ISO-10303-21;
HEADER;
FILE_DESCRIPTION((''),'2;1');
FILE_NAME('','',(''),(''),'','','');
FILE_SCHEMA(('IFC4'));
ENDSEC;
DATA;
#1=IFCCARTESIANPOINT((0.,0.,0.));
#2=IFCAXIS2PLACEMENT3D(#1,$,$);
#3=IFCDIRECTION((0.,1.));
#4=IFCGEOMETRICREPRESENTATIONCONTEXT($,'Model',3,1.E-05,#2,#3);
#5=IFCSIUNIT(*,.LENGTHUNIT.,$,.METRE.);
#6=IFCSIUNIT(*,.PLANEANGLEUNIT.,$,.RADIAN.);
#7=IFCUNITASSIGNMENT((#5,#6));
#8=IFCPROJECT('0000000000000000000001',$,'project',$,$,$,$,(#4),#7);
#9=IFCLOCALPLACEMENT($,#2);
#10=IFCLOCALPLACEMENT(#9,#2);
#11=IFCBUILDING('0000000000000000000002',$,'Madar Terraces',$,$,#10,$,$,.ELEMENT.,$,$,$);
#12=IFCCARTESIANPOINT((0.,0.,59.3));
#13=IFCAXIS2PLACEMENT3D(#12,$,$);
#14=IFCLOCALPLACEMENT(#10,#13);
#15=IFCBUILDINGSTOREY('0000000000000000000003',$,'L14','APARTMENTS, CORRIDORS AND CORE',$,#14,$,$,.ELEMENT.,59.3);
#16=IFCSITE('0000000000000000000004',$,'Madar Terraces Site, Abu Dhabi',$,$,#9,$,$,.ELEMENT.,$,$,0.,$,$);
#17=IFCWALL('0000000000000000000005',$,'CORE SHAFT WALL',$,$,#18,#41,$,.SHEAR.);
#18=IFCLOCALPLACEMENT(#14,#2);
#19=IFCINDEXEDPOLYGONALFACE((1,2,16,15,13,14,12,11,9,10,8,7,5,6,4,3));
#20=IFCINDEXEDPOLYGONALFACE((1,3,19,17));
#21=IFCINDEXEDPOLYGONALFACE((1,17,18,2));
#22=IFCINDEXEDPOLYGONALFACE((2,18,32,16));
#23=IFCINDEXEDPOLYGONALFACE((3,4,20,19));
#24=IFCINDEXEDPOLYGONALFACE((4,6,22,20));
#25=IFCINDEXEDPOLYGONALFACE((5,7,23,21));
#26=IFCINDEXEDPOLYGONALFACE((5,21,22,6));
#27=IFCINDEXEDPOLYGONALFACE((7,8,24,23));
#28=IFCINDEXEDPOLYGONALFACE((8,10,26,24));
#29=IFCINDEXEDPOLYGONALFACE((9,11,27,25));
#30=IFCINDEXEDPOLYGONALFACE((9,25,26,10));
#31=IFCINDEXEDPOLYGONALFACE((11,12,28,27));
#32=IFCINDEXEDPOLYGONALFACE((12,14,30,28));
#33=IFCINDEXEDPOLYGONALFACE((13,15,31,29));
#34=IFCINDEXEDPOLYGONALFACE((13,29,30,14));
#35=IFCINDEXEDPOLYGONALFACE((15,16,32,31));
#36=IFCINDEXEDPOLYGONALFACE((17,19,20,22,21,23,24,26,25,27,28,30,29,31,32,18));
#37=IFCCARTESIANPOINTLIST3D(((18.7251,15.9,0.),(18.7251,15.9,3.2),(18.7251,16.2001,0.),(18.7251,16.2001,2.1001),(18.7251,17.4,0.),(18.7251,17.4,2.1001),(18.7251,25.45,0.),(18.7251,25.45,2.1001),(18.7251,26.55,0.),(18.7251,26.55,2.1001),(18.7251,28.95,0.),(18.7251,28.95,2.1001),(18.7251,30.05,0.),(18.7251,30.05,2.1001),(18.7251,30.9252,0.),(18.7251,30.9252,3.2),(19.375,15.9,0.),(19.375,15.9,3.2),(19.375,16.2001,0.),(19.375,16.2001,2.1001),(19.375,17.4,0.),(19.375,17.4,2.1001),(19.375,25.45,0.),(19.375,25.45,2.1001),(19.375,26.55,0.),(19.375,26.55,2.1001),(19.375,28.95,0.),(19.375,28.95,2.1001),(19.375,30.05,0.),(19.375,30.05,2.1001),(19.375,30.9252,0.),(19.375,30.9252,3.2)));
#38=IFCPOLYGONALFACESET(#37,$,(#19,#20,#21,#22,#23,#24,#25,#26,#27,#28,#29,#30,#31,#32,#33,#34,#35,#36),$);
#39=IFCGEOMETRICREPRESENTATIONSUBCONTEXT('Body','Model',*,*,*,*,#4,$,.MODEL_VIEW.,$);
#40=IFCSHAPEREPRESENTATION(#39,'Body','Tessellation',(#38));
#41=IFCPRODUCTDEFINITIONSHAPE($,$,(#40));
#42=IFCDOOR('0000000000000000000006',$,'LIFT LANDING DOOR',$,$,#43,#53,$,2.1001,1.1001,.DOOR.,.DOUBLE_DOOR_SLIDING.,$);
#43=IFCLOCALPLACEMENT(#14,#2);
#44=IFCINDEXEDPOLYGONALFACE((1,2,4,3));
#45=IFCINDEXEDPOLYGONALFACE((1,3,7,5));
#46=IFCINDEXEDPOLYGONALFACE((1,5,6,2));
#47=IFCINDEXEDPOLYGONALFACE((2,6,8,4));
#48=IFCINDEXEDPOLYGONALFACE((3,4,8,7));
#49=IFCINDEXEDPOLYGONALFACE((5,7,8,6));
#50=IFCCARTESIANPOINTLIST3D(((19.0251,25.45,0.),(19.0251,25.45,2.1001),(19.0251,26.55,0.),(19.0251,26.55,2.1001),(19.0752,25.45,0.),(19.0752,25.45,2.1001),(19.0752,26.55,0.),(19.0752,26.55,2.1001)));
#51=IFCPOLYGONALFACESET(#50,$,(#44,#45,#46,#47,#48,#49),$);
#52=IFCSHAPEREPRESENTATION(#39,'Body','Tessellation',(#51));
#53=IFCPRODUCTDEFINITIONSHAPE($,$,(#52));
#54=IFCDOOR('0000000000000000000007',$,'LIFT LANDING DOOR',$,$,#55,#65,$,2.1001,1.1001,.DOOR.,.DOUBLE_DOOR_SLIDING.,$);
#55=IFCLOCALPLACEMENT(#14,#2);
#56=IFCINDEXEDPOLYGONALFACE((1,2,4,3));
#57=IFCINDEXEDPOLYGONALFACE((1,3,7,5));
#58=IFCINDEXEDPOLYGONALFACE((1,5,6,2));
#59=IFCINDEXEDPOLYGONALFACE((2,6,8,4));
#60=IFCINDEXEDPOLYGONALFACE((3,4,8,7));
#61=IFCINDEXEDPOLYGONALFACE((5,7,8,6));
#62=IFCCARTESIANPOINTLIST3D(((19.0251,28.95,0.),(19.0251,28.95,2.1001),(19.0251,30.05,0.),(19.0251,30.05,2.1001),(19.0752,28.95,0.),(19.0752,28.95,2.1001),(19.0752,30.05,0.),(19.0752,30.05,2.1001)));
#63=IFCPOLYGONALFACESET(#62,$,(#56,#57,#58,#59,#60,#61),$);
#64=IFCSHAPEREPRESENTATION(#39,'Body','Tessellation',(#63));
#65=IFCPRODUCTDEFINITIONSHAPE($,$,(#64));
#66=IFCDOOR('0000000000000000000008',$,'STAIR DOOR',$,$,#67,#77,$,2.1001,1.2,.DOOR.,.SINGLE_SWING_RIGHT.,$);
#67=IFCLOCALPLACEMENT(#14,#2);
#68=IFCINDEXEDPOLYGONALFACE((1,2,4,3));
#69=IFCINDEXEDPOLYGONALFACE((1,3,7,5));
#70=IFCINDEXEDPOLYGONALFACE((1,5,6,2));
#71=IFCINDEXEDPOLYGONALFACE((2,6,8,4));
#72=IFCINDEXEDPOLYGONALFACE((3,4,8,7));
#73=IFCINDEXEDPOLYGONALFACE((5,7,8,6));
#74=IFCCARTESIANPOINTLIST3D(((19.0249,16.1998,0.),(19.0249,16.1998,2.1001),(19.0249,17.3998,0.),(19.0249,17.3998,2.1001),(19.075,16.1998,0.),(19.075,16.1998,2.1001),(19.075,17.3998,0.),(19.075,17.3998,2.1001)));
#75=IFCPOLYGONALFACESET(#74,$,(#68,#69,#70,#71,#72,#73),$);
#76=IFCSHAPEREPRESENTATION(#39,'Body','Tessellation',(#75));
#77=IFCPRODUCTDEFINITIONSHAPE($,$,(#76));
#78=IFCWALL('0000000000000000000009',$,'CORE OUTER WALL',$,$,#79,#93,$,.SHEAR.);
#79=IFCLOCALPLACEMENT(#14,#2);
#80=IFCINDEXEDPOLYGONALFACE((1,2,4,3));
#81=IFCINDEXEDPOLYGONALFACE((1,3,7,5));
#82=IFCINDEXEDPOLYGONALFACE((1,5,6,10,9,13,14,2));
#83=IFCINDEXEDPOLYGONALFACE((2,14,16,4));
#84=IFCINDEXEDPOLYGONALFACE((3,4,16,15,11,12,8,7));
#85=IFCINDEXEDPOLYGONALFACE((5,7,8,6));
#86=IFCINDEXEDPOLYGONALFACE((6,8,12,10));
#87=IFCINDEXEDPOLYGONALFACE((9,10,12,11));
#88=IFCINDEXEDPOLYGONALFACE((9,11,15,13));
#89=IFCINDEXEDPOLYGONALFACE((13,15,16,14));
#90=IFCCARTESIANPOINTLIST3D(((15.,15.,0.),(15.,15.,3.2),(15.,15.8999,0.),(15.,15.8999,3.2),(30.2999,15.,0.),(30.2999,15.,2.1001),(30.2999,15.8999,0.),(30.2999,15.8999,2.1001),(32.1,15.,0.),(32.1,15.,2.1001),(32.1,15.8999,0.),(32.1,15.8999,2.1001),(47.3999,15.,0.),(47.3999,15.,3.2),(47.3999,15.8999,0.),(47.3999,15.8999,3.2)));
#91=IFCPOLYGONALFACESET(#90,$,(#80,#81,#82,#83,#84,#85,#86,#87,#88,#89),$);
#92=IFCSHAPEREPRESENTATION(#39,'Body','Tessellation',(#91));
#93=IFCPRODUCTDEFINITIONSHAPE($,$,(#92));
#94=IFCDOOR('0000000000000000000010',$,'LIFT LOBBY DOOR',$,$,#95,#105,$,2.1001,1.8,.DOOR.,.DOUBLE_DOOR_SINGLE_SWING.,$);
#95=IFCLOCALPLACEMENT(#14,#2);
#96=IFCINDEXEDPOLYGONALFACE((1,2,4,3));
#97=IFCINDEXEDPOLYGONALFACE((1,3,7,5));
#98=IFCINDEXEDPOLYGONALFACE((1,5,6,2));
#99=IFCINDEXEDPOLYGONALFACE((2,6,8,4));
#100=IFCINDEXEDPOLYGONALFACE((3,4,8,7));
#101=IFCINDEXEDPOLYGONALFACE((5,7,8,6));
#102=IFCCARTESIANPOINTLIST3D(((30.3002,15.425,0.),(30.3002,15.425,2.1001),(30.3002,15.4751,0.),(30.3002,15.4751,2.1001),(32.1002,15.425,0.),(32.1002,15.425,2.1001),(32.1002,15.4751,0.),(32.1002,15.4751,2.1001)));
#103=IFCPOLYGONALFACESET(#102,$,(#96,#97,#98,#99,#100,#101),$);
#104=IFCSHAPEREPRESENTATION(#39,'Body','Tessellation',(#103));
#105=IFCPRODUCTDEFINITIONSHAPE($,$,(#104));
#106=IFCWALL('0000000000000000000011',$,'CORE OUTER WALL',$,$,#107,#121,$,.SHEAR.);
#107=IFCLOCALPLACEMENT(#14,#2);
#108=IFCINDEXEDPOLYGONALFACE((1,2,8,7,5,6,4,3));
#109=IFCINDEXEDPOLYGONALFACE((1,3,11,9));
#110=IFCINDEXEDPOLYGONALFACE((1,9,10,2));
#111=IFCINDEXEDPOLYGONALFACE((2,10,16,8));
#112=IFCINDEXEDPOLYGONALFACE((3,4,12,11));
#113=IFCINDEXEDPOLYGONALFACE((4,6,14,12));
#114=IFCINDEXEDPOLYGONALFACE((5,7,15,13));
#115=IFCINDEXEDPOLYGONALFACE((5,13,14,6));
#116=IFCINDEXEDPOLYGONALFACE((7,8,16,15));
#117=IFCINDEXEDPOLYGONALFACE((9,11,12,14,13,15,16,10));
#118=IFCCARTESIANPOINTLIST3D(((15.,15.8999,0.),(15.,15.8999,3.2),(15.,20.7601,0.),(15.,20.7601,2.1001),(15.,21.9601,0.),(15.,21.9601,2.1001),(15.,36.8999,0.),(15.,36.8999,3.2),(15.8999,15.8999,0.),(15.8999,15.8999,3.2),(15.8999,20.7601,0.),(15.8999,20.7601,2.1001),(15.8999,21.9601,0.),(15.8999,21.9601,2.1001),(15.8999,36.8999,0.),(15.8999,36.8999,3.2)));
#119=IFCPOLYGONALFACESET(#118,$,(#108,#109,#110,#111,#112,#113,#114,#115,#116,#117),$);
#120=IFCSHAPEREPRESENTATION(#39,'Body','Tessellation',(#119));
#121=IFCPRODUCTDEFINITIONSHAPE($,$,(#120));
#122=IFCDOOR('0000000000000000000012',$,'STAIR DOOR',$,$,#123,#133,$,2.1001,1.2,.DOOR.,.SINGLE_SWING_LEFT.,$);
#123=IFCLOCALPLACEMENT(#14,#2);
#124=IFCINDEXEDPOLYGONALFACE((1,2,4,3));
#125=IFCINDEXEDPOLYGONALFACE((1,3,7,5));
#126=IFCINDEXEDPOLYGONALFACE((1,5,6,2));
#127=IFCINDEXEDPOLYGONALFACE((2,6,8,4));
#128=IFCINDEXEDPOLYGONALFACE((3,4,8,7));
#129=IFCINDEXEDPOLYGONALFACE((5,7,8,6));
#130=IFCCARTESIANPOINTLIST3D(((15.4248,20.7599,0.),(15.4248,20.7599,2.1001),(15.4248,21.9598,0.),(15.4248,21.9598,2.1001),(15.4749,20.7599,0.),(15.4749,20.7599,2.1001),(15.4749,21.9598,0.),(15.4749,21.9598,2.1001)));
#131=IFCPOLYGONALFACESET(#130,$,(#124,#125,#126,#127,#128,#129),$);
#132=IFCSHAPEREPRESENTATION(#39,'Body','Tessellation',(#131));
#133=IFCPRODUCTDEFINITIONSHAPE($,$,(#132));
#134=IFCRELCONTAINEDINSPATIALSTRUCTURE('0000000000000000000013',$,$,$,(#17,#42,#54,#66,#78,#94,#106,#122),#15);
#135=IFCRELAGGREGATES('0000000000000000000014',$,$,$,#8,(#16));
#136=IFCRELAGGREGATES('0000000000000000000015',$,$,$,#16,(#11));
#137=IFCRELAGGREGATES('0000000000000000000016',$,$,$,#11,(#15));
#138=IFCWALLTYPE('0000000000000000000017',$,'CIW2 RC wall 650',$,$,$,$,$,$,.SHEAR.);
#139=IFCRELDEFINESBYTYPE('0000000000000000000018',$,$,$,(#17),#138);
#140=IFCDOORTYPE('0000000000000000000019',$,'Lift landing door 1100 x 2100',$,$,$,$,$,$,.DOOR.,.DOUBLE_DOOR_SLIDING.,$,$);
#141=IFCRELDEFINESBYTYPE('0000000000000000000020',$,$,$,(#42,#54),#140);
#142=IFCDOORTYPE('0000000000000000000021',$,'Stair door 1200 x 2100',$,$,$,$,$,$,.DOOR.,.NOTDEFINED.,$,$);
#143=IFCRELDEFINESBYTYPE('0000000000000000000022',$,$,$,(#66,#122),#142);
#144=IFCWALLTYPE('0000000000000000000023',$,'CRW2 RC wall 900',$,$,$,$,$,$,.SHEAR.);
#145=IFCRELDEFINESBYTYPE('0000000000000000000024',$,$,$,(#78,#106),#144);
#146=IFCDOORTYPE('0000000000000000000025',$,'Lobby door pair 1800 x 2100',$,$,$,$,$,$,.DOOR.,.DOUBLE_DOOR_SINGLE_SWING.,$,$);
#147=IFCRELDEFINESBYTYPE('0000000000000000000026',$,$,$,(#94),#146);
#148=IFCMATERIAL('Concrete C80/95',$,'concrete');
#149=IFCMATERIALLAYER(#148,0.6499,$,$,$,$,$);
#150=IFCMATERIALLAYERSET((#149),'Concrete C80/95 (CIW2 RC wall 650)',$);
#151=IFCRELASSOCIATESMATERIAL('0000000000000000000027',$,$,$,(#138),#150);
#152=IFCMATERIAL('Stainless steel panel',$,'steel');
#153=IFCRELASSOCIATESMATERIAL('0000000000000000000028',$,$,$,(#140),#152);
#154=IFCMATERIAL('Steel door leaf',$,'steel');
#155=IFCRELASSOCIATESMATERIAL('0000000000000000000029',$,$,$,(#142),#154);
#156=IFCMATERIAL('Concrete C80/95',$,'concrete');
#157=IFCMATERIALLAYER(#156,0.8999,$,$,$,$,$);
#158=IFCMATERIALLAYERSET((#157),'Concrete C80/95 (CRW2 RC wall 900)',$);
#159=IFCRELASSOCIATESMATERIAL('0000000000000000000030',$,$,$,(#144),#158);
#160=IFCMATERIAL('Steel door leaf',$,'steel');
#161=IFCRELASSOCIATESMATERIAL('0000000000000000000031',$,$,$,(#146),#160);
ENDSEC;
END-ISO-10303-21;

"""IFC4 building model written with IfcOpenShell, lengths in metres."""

from ifc_helpers import new_model, si_unit, direction, frame, frame_2d, origin, place, context, subcontext, project, spatial, rectangle, extrude, material, layer, layer_set, type_object, element, fill, save


model = new_model("IFC4")

# Units and contexts
model_context = context("Model", 3, precision=1e-05, world=origin(), true_north=direction((0.0, 1.0)))
body_context = subcontext(model_context, "Body", "Model", "MODEL_VIEW")
ifc_project = project(units=[si_unit("LENGTHUNIT", "METRE"), si_unit("PLANEANGLEUNIT", "RADIAN")], contexts=[model_context])

# Site, building, storey
site_placement = place(None, origin())
site = spatial("IfcSite", under=ifc_project, at=site_placement, Name="Madar Terraces Site, Abu Dhabi", CompositionType="ELEMENT", RefElevation=0.0)
building_placement = place(site_placement, origin())
building = spatial("IfcBuilding", under=site, at=building_placement, Name="Madar Terraces", CompositionType="ELEMENT")
storey_placement = place(building_placement, frame((0.0, 0.0, 59.3)))
storey = spatial("IfcBuildingStorey", under=building, at=storey_placement, Name="L14", Description="APARTMENTS, CORRIDORS AND CORE", CompositionType="ELEMENT", Elevation=59.3)

# Wall, openings, doors
ifc_material_1 = material(Name="Concrete C80/95", Category="concrete")
ifc_layer_1 = layer(ifc_material_1, 0.6499)
ifc_layer_set_1 = layer_set([ifc_layer_1], Name="Concrete C80/95 (CIW2 RC wall 650)")
wall_type_1 = type_object("IfcWallType", Name="CIW2 RC wall 650", PredefinedType="SHEAR", material=ifc_layer_set_1)
wall_1_placement = place(storey_placement, frame((19.05, 15.8999, 0.0), z_axis=(0.0, 0.0, 1.0), x_axis=(0.0, 1.0, 0.0)))
wall_1 = element("IfcWall", 1, at=wall_1_placement, inside=storey, type_object=wall_type_1, Name="CORE SHAFT WALL", PredefinedType="SHEAR", context=body_context, shape_type="SweptSolid", body=[
    extrude(rectangle(XDim=15.0251, YDim=0.6499, at=frame_2d((7.5127, 0.0))), origin(), (0.0, 0.0, 1.0), 3.2),
])
opening_1_placement = place(wall_1_placement, frame((9.55, 0.0, 0.0)))
opening_1 = element("IfcOpeningElement", 2, at=opening_1_placement, cuts=wall_1, PredefinedType="OPENING", context=body_context, shape_type="SweptSolid", body=[
    extrude(rectangle(XDim=1.1001, YDim=2.1001, at=frame_2d((0.55, 1.05))), frame((0.0, 0.335, 0.0), z_axis=(0.0, -1.0, 0.0), x_axis=(1.0, 0.0, 0.0)), (0.0, 0.0, 1.0), 0.6699),
])
opening_2_placement = place(wall_1_placement, frame((13.05, 0.0, 0.0)))
opening_2 = element("IfcOpeningElement", 3, at=opening_2_placement, cuts=wall_1, PredefinedType="OPENING", context=body_context, shape_type="SweptSolid", body=[
    extrude(rectangle(XDim=1.1001, YDim=2.1001, at=frame_2d((0.55, 1.05))), frame((0.0, 0.335, 0.0), z_axis=(0.0, -1.0, 0.0), x_axis=(1.0, 0.0, 0.0)), (0.0, 0.0, 1.0), 0.6699),
])
opening_3_placement = place(wall_1_placement, frame((0.3, 0.0, 0.0)))
opening_3 = element("IfcOpeningElement", 4, at=opening_3_placement, cuts=wall_1, PredefinedType="OPENING", context=body_context, shape_type="SweptSolid", body=[
    extrude(rectangle(XDim=1.2, YDim=2.1001, at=frame_2d((0.6001, 1.05))), frame((0.0, 0.335, 0.0), z_axis=(0.0, -1.0, 0.0), x_axis=(1.0, 0.0, 0.0)), (0.0, 0.0, 1.0), 0.6699),
])
ifc_material_2 = material(Name="Stainless steel panel", Category="steel")
door_type_1 = type_object("IfcDoorType", Name="Lift landing door 1100 x 2100", OperationType="DOUBLE_DOOR_SLIDING", PredefinedType="DOOR", material=ifc_material_2)
door_1_placement = place(opening_1_placement, origin())
door_1 = element("IfcDoor", 5, at=door_1_placement, inside=storey, type_object=door_type_1, Name="LIFT LANDING DOOR", OperationType="DOUBLE_DOOR_SLIDING", OverallHeight=2.1001, OverallWidth=1.1001, PredefinedType="DOOR", context=body_context, shape_type="SweptSolid", body=[
    extrude(rectangle(XDim=1.1001, YDim=2.1001, at=frame_2d((0.55, 1.05))), frame((0.0, 0.0249, 0.0), z_axis=(0.0, -1.0, 0.0), x_axis=(1.0, 0.0, 0.0)), (0.0, 0.0, 1.0), 0.05),
])
fill(opening_1, door_1)
door_2_placement = place(opening_2_placement, origin())
door_2 = element("IfcDoor", 6, at=door_2_placement, inside=storey, type_object=door_type_1, Name="LIFT LANDING DOOR", OperationType="DOUBLE_DOOR_SLIDING", OverallHeight=2.1001, OverallWidth=1.1001, PredefinedType="DOOR", context=body_context, shape_type="SweptSolid", body=[
    extrude(rectangle(XDim=1.1001, YDim=2.1001, at=frame_2d((0.55, 1.05))), frame((0.0, 0.0249, 0.0), z_axis=(0.0, -1.0, 0.0), x_axis=(1.0, 0.0, 0.0)), (0.0, 0.0, 1.0), 0.05),
])
fill(opening_2, door_2)
ifc_material_3 = material(Name="Steel door leaf", Category="steel")
door_type_2 = type_object("IfcDoorType", Name="Stair door 1200 x 2100", OperationType="NOTDEFINED", PredefinedType="DOOR", material=ifc_material_3)
door_3_placement = place(opening_3_placement, frame((1.2, 0.0, 0.0), z_axis=(0.0, 0.0, 1.0), x_axis=(-1.0, 0.0, 0.0)))
door_3 = element("IfcDoor", 7, at=door_3_placement, inside=storey, type_object=door_type_2, Name="STAIR DOOR", OperationType="SINGLE_SWING_RIGHT", OverallHeight=2.1001, OverallWidth=1.2, PredefinedType="DOOR", context=body_context, shape_type="SweptSolid", body=[
    extrude(rectangle(XDim=1.2, YDim=2.1001, at=frame_2d((0.6001, 1.05))), frame((0.0, 0.0249, 0.0), z_axis=(0.0, -1.0, 0.0), x_axis=(1.0, 0.0, 0.0)), (0.0, 0.0, 1.0), 0.05),
])
fill(opening_3, door_3)

# Walls, openings, doors
ifc_material_4 = material(Name="Concrete C80/95", Category="concrete")
ifc_layer_2 = layer(ifc_material_4, 0.8999)
ifc_layer_set_2 = layer_set([ifc_layer_2], Name="Concrete C80/95 (CRW2 RC wall 900)")
wall_type_2 = type_object("IfcWallType", Name="CRW2 RC wall 900", PredefinedType="SHEAR", material=ifc_layer_set_2)
wall_2_placement = place(storey_placement, frame((15.0, 15.45, 0.0), z_axis=(0.0, 0.0, 1.0), x_axis=(1.0, 0.0, 0.0)))
wall_2 = element("IfcWall", 8, at=wall_2_placement, inside=storey, type_object=wall_type_2, Name="CORE OUTER WALL", PredefinedType="SHEAR", context=body_context, shape_type="SweptSolid", body=[
    extrude(rectangle(XDim=32.3999, YDim=0.8999, at=frame_2d((16.2, 0.0))), origin(), (0.0, 0.0, 1.0), 3.2),
])
opening_4_placement = place(wall_2_placement, frame((15.3, 0.0, 0.0)))
opening_4 = element("IfcOpeningElement", 9, at=opening_4_placement, cuts=wall_2, PredefinedType="OPENING", context=body_context, shape_type="SweptSolid", body=[
    extrude(rectangle(XDim=1.8, YDim=2.1001, at=frame_2d((0.8999, 1.05))), frame((0.0, 0.46, 0.0), z_axis=(0.0, -1.0, 0.0), x_axis=(1.0, 0.0, 0.0)), (0.0, 0.0, 1.0), 0.9199),
])
ifc_material_5 = material(Name="Steel door leaf", Category="steel")
door_type_3 = type_object("IfcDoorType", Name="Lobby door pair 1800 x 2100", OperationType="DOUBLE_DOOR_SINGLE_SWING", PredefinedType="DOOR", material=ifc_material_5)
door_4_placement = place(opening_4_placement, frame((1.8, 0.0, 0.0), z_axis=(0.0, 0.0, 1.0), x_axis=(-1.0, 0.0, 0.0)))
door_4 = element("IfcDoor", 10, at=door_4_placement, inside=storey, type_object=door_type_3, Name="LIFT LOBBY DOOR", OperationType="DOUBLE_DOOR_SINGLE_SWING", OverallHeight=2.1001, OverallWidth=1.8, PredefinedType="DOOR", context=body_context, shape_type="SweptSolid", body=[
    extrude(rectangle(XDim=1.8, YDim=2.1001, at=frame_2d((0.8999, 1.05))), frame((0.0, 0.0249, 0.0), z_axis=(0.0, -1.0, 0.0), x_axis=(1.0, 0.0, 0.0)), (0.0, 0.0, 1.0), 0.05),
])
fill(opening_4, door_4)
wall_3_placement = place(storey_placement, frame((15.45, 15.8999, 0.0), z_axis=(0.0, 0.0, 1.0), x_axis=(0.0, 1.0, 0.0)))
wall_3 = element("IfcWall", 11, at=wall_3_placement, inside=storey, type_object=wall_type_2, Name="CORE OUTER WALL", PredefinedType="SHEAR", context=body_context, shape_type="SweptSolid", body=[
    extrude(rectangle(XDim=21.0, YDim=0.8999, at=frame_2d((10.5, 0.0))), origin(), (0.0, 0.0, 1.0), 3.2),
])
opening_5_placement = place(wall_3_placement, frame((4.8601, 0.0, 0.0)))
opening_5 = element("IfcOpeningElement", 12, at=opening_5_placement, cuts=wall_3, PredefinedType="OPENING", context=body_context, shape_type="SweptSolid", body=[
    extrude(rectangle(XDim=1.2, YDim=2.1001, at=frame_2d((0.6001, 1.05))), frame((0.0, 0.46, 0.0), z_axis=(0.0, -1.0, 0.0), x_axis=(1.0, 0.0, 0.0)), (0.0, 0.0, 1.0), 0.9199),
])
door_5_placement = place(opening_5_placement, frame((1.2, 0.0, 0.0), z_axis=(0.0, 0.0, 1.0), x_axis=(-1.0, 0.0, 0.0)))
door_5 = element("IfcDoor", 13, at=door_5_placement, inside=storey, type_object=door_type_2, Name="STAIR DOOR", OperationType="SINGLE_SWING_LEFT", OverallHeight=2.1001, OverallWidth=1.2, PredefinedType="DOOR", context=body_context, shape_type="SweptSolid", body=[
    extrude(rectangle(XDim=1.2, YDim=2.1001, at=frame_2d((0.6001, 1.05))), frame((0.0, 0.0249, 0.0), z_axis=(0.0, -1.0, 0.0), x_axis=(1.0, 0.0, 0.0)), (0.0, 0.0, 1.0), 0.05),
])
fill(opening_5, door_5)

save(model, "model.ifc")
